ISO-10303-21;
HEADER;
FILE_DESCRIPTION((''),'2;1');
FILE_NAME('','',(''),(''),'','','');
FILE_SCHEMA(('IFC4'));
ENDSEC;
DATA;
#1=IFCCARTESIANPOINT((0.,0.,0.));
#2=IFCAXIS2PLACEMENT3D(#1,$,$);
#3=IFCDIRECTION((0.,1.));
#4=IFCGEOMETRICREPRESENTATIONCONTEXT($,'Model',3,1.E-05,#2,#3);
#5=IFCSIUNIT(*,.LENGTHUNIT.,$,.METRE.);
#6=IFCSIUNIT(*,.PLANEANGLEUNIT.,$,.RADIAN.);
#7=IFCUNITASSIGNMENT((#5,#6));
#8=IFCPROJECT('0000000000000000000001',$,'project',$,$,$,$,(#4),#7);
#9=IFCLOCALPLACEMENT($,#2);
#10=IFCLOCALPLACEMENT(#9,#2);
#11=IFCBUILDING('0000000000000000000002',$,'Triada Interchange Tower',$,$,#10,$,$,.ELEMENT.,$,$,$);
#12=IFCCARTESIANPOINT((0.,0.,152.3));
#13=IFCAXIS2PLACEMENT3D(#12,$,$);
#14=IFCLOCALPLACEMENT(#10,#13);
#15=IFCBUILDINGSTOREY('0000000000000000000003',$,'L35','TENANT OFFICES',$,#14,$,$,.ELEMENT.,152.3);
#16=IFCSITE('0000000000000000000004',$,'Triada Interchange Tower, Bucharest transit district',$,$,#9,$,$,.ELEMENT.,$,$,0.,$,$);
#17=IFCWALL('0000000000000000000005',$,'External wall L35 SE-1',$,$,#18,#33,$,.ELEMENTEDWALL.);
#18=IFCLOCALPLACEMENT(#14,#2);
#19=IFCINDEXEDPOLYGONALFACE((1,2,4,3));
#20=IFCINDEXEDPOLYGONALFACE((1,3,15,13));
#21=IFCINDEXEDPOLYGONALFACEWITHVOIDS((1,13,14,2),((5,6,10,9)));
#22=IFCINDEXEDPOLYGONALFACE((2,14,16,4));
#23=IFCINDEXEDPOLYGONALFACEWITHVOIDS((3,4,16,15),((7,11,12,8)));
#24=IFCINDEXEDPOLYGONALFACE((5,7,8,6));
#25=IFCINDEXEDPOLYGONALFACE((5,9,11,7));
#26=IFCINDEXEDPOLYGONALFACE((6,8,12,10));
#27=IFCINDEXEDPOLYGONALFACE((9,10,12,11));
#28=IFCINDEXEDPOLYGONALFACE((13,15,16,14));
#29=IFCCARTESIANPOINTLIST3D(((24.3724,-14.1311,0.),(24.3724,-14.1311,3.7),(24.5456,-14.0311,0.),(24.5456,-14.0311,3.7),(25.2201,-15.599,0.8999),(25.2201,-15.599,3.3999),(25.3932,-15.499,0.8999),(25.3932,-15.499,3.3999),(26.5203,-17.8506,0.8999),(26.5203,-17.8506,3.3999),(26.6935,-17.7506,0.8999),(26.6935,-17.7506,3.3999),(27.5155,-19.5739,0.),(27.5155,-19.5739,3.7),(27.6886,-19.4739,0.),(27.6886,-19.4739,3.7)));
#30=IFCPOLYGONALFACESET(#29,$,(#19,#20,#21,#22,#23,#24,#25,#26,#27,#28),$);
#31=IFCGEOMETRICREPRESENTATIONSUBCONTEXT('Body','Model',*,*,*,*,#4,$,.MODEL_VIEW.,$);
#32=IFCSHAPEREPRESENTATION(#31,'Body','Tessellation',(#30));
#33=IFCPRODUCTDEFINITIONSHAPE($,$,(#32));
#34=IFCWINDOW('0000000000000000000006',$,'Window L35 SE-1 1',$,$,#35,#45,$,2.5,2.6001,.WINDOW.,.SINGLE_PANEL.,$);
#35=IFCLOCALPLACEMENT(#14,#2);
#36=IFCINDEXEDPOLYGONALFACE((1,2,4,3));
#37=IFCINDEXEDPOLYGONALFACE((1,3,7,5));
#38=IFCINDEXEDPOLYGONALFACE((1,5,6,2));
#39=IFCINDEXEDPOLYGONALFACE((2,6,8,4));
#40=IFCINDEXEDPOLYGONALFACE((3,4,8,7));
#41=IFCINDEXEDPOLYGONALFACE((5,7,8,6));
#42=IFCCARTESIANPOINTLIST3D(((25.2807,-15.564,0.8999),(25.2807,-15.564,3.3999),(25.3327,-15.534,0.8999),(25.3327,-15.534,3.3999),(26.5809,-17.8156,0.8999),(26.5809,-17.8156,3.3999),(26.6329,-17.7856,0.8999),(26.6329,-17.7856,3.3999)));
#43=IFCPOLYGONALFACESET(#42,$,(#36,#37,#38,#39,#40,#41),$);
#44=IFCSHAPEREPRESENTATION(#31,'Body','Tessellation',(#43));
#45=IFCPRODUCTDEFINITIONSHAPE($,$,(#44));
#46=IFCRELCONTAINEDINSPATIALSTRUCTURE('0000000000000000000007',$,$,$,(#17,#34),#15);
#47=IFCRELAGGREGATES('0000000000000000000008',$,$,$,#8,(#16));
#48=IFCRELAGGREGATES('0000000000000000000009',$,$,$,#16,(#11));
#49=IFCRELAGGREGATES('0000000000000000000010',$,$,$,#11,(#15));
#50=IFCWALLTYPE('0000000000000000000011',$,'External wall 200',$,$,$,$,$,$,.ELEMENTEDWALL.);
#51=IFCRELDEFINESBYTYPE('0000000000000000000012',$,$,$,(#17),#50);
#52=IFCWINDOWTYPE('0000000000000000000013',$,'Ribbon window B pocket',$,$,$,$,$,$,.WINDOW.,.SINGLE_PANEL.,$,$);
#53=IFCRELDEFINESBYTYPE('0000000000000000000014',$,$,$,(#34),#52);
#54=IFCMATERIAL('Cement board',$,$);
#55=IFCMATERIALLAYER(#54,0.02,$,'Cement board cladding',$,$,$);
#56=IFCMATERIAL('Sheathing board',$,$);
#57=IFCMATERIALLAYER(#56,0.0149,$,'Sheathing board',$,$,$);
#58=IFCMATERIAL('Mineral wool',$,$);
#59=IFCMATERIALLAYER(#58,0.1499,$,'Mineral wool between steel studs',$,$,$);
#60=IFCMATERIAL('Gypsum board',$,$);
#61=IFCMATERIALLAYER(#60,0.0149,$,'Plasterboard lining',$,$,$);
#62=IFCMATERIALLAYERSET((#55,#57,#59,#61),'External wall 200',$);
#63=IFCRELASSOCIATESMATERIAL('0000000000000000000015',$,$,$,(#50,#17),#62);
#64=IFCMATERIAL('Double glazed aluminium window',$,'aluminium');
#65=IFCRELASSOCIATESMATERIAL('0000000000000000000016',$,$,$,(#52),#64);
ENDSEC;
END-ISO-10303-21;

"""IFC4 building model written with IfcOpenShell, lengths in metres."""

from ifc_helpers import new_model, si_unit, direction, frame, frame_2d, origin, place, context, subcontext, project, spatial, rectangle, extrude, material, layer, layer_set, layer_usage, type_object, element, fill, save


model = new_model("IFC4")

# Units and contexts
model_context = context("Model", 3, precision=1e-05, world=origin(), true_north=direction((0.0, 1.0)))
body_context = subcontext(model_context, "Body", "Model", "MODEL_VIEW")
ifc_project = project(units=[si_unit("LENGTHUNIT", "METRE"), si_unit("PLANEANGLEUNIT", "RADIAN")], contexts=[model_context])

# Site, building, storey
site_placement = place(None, origin())
site = spatial("IfcSite", under=ifc_project, at=site_placement, Name="Triada Interchange Tower, Bucharest transit district", CompositionType="ELEMENT", RefElevation=0.0)
building_placement = place(site_placement, origin())
building = spatial("IfcBuilding", under=site, at=building_placement, Name="Triada Interchange Tower", CompositionType="ELEMENT")
storey_placement = place(building_placement, frame((0.0, 0.0, 152.3)))
storey = spatial("IfcBuildingStorey", under=building, at=storey_placement, Name="L35", Description="TENANT OFFICES", CompositionType="ELEMENT", Elevation=152.3)

# Wall, opening, window
ifc_material_1 = material(Name="Cement board")
ifc_layer_1 = layer(ifc_material_1, 0.02, Name="Cement board cladding")
ifc_material_2 = material(Name="Sheathing board")
ifc_layer_2 = layer(ifc_material_2, 0.0149, Name="Sheathing board")
ifc_material_3 = material(Name="Mineral wool")
ifc_layer_3 = layer(ifc_material_3, 0.1499, Name="Mineral wool between steel studs")
ifc_material_4 = material(Name="Gypsum board")
ifc_layer_4 = layer(ifc_material_4, 0.0149, Name="Plasterboard lining")
ifc_layer_set_1 = layer_set([ifc_layer_1, ifc_layer_2, ifc_layer_3, ifc_layer_4], Name="External wall 200")
ifc_layer_usage = layer_usage(ifc_layer_set_1, "AXIS2", "POSITIVE", -0.1001)
wall_type = type_object("IfcWallType", Name="External wall 200", PredefinedType="ELEMENTEDWALL", material=ifc_layer_set_1)
wall_1_placement = place(storey_placement, frame((27.6021, -19.5239, 0.0), z_axis=(0.0, 0.0, 1.0), x_axis=(-0.500074, 0.865982, 0.0)))
wall_1 = element("IfcWall", 1, at=wall_1_placement, inside=storey, type_object=wall_type, material=ifc_layer_usage, Name="External wall L35 SE-1", PredefinedType="ELEMENTEDWALL", context=body_context, shape_type="SweptSolid", body=[
    extrude(rectangle(XDim=6.2852, YDim=0.2, at=frame_2d((3.1426, 0.0))), origin(), (0.0, 0.0, 1.0), 3.7),
])
opening_1_placement = place(wall_1_placement, frame((1.99, 0.0, 0.8999)))
opening_1 = element("IfcOpeningElement", 2, at=opening_1_placement, cuts=wall_1, PredefinedType="OPENING", context=body_context, shape_type="SweptSolid", body=[
    extrude(rectangle(XDim=2.6001, YDim=2.5, at=frame_2d((1.3, 1.25))), frame((0.0, 0.1099, 0.0), z_axis=(0.0, -1.0, 0.0), x_axis=(1.0, 0.0, 0.0)), (0.0, 0.0, 1.0), 0.22),
])
ifc_material_5 = material(Name="Double glazed aluminium window", Category="aluminium")
window_type_1 = type_object("IfcWindowType", Name="Ribbon window B pocket", PartitioningType="SINGLE_PANEL", PredefinedType="WINDOW", material=ifc_material_5)
window_1_placement = place(opening_1_placement, origin())
window_1 = element("IfcWindow", 3, at=window_1_placement, inside=storey, type_object=window_type_1, Name="Window L35 SE-1 1", OverallHeight=2.5, OverallWidth=2.6001, PartitioningType="SINGLE_PANEL", PredefinedType="WINDOW", context=body_context, shape_type="SweptSolid", body=[
    extrude(rectangle(XDim=2.6001, YDim=2.5, at=frame_2d((1.3, 1.25))), frame((0.0, 0.03, 0.0), z_axis=(0.0, -1.0, 0.0), x_axis=(1.0, 0.0, 0.0)), (0.0, 0.0, 1.0), 0.0601),
])
fill(opening_1, window_1)

save(model, "model.ifc")
